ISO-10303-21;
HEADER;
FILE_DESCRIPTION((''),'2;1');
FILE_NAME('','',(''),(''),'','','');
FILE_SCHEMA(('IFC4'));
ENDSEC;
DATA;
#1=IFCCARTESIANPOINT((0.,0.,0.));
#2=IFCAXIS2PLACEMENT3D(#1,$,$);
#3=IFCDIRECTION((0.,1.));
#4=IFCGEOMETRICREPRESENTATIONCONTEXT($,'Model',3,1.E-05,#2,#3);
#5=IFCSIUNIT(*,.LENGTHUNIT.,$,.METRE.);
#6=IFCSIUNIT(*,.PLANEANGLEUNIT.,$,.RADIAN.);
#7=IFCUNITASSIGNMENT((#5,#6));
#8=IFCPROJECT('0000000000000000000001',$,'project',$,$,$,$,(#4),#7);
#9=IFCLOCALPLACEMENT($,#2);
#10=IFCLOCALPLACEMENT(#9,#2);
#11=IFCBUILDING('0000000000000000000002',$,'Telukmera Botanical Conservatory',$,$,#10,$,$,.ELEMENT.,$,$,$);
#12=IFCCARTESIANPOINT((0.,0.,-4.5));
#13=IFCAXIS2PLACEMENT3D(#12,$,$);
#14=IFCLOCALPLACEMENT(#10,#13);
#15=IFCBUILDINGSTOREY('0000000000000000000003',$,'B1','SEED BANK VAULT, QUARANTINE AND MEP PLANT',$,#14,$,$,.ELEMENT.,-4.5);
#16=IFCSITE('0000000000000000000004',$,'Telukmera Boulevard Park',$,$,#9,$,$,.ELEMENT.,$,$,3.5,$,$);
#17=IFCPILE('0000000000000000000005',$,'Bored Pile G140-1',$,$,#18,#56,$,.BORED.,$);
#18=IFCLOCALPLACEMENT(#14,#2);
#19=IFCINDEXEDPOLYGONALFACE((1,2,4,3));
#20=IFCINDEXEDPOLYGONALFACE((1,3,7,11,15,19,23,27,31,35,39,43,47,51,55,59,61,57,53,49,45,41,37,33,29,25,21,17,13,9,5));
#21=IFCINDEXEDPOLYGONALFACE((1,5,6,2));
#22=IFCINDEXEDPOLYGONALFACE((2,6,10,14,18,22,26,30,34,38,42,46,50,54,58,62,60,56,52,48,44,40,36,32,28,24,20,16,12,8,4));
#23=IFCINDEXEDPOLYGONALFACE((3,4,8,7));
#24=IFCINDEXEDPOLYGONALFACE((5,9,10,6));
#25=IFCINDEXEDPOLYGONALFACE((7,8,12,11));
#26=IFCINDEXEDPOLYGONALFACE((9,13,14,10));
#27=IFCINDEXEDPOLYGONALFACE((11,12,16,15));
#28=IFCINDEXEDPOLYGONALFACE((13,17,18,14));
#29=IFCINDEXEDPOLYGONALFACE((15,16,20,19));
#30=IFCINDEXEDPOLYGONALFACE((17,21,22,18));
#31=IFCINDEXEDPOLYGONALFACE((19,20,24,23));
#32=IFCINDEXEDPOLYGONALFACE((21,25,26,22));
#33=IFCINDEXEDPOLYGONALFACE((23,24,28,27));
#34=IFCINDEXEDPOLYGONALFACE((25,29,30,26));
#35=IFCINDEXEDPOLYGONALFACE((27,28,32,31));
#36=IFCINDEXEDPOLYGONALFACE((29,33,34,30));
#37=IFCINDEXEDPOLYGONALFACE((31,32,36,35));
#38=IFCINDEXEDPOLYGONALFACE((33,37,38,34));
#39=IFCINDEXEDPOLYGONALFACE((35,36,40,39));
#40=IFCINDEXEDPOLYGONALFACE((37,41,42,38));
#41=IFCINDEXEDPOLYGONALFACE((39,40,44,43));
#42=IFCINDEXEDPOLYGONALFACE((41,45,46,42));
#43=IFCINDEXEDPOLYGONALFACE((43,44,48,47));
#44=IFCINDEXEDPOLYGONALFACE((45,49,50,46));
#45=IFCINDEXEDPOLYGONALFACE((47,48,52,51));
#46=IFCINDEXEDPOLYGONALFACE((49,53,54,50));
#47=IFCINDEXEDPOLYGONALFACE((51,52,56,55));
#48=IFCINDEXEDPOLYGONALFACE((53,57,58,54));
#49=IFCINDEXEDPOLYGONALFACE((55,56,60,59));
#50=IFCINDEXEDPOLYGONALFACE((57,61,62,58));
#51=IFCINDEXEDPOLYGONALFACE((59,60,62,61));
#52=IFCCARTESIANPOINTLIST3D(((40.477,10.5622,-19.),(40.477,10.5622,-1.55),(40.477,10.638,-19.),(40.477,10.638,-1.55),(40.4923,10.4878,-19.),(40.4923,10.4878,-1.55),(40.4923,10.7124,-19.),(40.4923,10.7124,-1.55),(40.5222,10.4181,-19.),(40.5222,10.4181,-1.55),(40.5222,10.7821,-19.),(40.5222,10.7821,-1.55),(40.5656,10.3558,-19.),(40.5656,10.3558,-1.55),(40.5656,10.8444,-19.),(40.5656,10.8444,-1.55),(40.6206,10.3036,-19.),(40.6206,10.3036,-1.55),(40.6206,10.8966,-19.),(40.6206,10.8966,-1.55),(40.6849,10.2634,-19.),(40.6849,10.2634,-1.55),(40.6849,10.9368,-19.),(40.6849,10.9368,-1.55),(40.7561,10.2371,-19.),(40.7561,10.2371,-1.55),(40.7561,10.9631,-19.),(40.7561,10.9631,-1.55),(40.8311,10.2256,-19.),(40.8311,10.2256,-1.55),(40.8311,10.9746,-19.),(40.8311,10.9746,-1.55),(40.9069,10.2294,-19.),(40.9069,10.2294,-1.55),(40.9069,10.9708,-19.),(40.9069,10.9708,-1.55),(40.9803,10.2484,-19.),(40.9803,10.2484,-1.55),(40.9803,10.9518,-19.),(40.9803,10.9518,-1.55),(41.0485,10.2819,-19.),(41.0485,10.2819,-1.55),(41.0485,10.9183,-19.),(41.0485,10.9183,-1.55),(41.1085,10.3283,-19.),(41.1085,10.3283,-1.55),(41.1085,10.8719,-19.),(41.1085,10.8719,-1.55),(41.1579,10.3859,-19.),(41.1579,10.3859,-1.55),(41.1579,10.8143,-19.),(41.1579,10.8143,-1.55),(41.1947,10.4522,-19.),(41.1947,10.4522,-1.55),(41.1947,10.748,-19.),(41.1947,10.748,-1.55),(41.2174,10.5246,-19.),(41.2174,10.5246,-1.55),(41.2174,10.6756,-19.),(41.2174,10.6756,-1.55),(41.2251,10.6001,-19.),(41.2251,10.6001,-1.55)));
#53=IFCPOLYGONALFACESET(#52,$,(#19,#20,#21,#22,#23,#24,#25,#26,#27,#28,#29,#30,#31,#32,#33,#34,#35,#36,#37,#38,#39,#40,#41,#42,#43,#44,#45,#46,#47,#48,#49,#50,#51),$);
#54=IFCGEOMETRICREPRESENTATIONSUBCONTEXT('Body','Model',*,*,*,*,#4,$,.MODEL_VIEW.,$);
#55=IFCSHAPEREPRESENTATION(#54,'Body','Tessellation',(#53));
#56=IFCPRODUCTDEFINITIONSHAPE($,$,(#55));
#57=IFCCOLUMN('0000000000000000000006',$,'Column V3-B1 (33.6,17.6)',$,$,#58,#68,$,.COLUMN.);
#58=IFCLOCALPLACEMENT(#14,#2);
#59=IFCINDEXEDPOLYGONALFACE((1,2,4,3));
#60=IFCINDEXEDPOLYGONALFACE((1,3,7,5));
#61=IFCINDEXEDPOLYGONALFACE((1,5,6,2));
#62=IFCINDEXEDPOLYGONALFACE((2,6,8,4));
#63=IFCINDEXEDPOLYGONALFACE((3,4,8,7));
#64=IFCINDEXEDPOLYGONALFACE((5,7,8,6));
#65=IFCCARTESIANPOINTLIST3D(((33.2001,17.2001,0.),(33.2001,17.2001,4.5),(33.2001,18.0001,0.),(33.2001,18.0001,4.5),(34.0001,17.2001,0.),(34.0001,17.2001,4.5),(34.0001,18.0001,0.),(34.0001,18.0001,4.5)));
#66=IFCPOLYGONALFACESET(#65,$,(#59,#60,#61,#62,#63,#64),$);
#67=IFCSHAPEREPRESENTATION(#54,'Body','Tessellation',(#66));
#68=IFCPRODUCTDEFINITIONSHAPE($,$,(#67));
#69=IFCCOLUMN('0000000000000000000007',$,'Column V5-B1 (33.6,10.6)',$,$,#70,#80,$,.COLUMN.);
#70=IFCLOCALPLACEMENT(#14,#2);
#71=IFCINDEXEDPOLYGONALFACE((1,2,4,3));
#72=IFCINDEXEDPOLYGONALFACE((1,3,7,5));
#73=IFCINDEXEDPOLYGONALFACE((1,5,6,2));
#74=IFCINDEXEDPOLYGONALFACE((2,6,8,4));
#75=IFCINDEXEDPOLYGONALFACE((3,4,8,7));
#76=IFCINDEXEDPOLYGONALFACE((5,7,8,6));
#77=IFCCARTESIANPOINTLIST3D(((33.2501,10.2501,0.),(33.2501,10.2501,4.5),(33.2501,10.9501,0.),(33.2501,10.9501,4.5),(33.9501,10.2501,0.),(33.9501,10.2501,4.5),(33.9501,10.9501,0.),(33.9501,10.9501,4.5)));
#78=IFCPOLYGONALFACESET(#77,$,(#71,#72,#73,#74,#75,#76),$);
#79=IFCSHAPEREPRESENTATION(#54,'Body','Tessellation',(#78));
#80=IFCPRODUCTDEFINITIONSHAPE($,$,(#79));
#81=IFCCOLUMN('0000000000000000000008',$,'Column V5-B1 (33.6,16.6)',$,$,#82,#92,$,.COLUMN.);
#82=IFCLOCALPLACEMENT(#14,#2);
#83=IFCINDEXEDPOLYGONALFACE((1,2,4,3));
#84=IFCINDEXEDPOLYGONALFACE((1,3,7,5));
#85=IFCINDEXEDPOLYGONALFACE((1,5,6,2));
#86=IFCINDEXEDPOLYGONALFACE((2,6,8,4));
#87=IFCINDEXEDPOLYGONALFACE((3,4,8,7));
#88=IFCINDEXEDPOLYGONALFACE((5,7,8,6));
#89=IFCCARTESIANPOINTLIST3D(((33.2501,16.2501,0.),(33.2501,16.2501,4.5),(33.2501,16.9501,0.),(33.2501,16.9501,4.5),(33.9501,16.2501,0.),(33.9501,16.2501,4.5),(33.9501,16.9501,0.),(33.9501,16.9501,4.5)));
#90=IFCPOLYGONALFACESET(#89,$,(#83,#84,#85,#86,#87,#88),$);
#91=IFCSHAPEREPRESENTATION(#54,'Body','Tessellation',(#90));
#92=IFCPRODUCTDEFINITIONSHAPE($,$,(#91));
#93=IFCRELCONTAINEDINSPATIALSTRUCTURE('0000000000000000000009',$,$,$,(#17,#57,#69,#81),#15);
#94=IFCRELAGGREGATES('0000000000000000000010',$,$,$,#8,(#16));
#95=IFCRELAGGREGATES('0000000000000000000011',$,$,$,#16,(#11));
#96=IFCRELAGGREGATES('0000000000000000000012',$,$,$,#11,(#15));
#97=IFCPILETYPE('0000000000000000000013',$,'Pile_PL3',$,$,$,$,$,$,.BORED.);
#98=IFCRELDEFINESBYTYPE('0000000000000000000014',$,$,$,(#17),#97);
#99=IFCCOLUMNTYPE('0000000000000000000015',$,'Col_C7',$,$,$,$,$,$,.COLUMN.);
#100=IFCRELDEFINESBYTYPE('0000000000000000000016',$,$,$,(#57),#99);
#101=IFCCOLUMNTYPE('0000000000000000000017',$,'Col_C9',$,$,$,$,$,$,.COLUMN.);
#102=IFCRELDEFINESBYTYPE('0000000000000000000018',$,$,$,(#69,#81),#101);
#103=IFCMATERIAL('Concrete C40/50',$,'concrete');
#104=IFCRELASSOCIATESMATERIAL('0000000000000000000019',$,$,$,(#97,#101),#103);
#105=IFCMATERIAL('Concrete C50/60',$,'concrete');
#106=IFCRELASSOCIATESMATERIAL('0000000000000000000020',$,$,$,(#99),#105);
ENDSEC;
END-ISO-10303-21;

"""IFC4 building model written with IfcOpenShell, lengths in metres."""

from ifc_helpers import new_model, si_unit, direction, frame, origin, origin_2d, place, context, subcontext, project, spatial, rectangle, circle, extrude, material, material_profile, profile_set, type_object, element, save


model = new_model("IFC4")

# Units and contexts
model_context = context("Model", 3, precision=1e-05, world=origin(), true_north=direction((0.0, 1.0)))
body_context = subcontext(model_context, "Body", "Model", "MODEL_VIEW")
ifc_project = project(units=[si_unit("LENGTHUNIT", "METRE"), si_unit("PLANEANGLEUNIT", "RADIAN")], contexts=[model_context])

# Site, building, storey
site_placement = place(None, origin())
site = spatial("IfcSite", under=ifc_project, at=site_placement, Name="Telukmera Boulevard Park", CompositionType="ELEMENT", RefElevation=3.5)
building_placement = place(site_placement, origin())
building = spatial("IfcBuilding", under=site, at=building_placement, Name="Telukmera Botanical Conservatory", CompositionType="ELEMENT")
storey_placement = place(building_placement, frame((0.0, 0.0, -4.5)))
storey = spatial("IfcBuildingStorey", under=building, at=storey_placement, Name="B1", Description="SEED BANK VAULT, QUARANTINE AND MEP PLANT", CompositionType="ELEMENT", Elevation=-4.5)

# Shared definitions
ifc_material_1 = material(Name="Concrete C50/60", Category="concrete")
ifc_material_2 = material(Name="Concrete C40/50", Category="concrete")

# Pile
ifc_material_profile_1 = material_profile(ifc_material_2, circle(Radius=0.375, at=origin_2d()), Name="PILE D750")
ifc_profile_set_1 = profile_set([ifc_material_profile_1], Name="Concrete C40/50")
pile_type = type_object("IfcPileType", Name="Pile_PL3", PredefinedType="BORED", material=ifc_profile_set_1)
for number, where, z_axis, x_axis, name in (
    (1, (40.8501, 10.6001, -1.55), (0.0, 0.0, -1.0), (1.0, 0.0, 0.0), "Bored Pile G140-1"),
):
    element("IfcPile", number, at=place(storey_placement, frame(where, z_axis=z_axis, x_axis=x_axis)), inside=storey, type_object=pile_type, Name=name, PredefinedType="BORED", context=body_context, shape_type="SweptSolid", body=[
        extrude(circle(Radius=0.375, at=origin_2d()), origin(), (0.0, 0.0, 1.0), 17.45),
    ])

# Columns
ifc_material_profile_2 = material_profile(ifc_material_1, rectangle(XDim=0.8, YDim=0.8, at=origin_2d()), Name="RC 800x800")
ifc_profile_set_2 = profile_set([ifc_material_profile_2], Name="Concrete C50/60")
column_type_1 = type_object("IfcColumnType", Name="Col_C7", PredefinedType="COLUMN", material=ifc_profile_set_2)
column_placement = place(storey_placement, frame((33.6001, 17.6001, 0.0), z_axis=(0.0, 0.0, 1.0), x_axis=(1.0, 0.0, 0.0)))
element("IfcColumn", 2, at=column_placement, inside=storey, type_object=column_type_1, Name="Column V3-B1 (33.6,17.6)", PredefinedType="COLUMN", context=body_context, shape_type="SweptSolid", body=[
    extrude(rectangle(XDim=0.8, YDim=0.8, at=origin_2d()), origin(), (0.0, 0.0, 1.0), 4.5),
])
ifc_material_profile_3 = material_profile(ifc_material_2, rectangle(XDim=0.7, YDim=0.7, at=origin_2d()), Name="RC 700x700")
ifc_profile_set_3 = profile_set([ifc_material_profile_3], Name="Concrete C40/50")
column_type_2 = type_object("IfcColumnType", Name="Col_C9", PredefinedType="COLUMN", material=ifc_profile_set_3)
for number, where, z_axis, x_axis, name in (
    (3, (33.6001, 10.6001, 0.0), (0.0, 0.0, 1.0), (1.0, 0.0, 0.0), "Column V5-B1 (33.6,10.6)"),
    (4, (33.6001, 16.6001, 0.0), (0.0, 0.0, 1.0), (1.0, 0.0, 0.0), "Column V5-B1 (33.6,16.6)"),
):
    element("IfcColumn", number, at=place(storey_placement, frame(where, z_axis=z_axis, x_axis=x_axis)), inside=storey, type_object=column_type_2, Name=name, PredefinedType="COLUMN", context=body_context, shape_type="SweptSolid", body=[
        extrude(rectangle(XDim=0.7, YDim=0.7, at=origin_2d()), origin(), (0.0, 0.0, 1.0), 4.5),
    ])

save(model, "model.ifc")
